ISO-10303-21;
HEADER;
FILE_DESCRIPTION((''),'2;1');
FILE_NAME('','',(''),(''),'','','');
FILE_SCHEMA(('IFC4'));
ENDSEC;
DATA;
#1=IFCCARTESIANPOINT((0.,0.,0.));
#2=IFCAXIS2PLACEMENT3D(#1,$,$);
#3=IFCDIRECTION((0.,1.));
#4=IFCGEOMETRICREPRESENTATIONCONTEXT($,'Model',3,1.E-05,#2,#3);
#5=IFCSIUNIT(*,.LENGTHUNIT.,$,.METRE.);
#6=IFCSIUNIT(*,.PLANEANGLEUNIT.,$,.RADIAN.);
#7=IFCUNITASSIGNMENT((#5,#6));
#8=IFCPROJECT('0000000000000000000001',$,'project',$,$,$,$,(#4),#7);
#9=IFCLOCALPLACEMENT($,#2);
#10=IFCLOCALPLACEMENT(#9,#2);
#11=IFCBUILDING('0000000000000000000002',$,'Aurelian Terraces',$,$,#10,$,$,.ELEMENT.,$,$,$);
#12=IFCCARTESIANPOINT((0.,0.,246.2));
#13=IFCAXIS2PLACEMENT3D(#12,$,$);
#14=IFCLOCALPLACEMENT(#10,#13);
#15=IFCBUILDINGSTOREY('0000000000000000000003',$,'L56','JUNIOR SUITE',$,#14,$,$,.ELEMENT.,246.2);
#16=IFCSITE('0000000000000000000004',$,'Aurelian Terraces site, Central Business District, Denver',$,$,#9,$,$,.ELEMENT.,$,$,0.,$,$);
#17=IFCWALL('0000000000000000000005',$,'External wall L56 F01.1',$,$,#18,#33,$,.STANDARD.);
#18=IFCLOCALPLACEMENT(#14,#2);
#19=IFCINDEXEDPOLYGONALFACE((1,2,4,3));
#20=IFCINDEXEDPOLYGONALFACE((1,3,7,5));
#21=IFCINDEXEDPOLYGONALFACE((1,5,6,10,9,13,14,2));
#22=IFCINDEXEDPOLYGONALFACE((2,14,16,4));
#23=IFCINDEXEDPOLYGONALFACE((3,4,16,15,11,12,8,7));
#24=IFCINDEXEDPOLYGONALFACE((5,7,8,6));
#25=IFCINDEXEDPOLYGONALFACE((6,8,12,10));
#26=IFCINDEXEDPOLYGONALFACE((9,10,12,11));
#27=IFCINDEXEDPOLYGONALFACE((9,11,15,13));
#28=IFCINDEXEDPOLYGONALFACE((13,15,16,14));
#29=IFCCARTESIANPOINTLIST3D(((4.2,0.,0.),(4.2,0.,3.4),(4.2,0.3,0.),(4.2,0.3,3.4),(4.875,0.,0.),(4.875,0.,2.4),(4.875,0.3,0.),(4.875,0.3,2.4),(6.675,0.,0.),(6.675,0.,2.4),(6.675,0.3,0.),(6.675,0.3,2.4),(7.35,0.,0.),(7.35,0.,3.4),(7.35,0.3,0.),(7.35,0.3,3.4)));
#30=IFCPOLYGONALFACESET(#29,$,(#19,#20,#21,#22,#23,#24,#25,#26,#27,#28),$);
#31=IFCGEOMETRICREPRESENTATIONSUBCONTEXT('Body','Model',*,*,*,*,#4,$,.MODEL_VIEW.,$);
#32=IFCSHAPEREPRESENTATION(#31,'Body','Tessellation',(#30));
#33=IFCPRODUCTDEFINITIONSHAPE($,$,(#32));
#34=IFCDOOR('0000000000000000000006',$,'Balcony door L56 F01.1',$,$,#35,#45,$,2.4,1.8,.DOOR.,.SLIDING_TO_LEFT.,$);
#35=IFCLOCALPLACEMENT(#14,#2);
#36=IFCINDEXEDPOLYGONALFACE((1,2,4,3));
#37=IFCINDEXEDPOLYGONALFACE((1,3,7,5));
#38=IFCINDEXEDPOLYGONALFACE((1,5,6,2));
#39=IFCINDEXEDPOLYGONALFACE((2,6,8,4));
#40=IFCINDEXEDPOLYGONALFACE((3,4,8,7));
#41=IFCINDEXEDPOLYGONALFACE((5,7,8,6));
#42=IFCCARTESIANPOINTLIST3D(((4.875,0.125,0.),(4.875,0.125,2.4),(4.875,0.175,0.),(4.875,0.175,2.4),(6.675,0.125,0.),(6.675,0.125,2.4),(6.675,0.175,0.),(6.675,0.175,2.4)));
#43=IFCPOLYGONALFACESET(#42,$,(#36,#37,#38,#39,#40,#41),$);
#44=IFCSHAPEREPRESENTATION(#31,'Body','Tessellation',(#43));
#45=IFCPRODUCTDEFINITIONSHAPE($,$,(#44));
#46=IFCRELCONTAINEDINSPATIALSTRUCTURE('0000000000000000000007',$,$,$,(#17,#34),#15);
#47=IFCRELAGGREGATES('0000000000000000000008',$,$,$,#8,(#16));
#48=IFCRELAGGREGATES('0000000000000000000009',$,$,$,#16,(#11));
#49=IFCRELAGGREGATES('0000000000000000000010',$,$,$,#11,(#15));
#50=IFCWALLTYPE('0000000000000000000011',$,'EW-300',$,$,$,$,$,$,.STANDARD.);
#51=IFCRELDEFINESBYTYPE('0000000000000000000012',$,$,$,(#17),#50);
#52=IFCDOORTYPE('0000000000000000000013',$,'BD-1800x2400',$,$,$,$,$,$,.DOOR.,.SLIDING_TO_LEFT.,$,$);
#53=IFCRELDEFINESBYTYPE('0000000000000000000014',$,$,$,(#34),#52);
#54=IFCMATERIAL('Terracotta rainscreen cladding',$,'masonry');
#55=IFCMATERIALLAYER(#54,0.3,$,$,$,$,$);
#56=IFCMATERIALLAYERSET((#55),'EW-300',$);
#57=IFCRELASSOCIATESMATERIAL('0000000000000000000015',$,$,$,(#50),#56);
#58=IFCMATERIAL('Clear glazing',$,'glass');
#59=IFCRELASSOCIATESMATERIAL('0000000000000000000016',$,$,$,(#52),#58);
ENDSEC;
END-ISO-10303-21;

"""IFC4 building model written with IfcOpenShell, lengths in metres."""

from ifc_helpers import new_model, si_unit, direction, frame, frame_2d, origin, place, context, subcontext, project, spatial, rectangle, extrude, source, transform, mapped, material, layer, layer_set, type_object, element, fill, save


model = new_model("IFC4")

# Units and contexts
model_context = context("Model", 3, precision=1e-05, world=origin(), true_north=direction((0.0, 1.0)))
body_context = subcontext(model_context, "Body", "Model", "MODEL_VIEW")
ifc_project = project(units=[si_unit("LENGTHUNIT", "METRE"), si_unit("PLANEANGLEUNIT", "RADIAN")], contexts=[model_context])

# Site, building, storey
site_placement = place(None, origin())
site = spatial("IfcSite", under=ifc_project, at=site_placement, Name="Aurelian Terraces site, Central Business District, Denver", CompositionType="ELEMENT", RefElevation=0.0)
building_placement = place(site_placement, origin())
building = spatial("IfcBuilding", under=site, at=building_placement, Name="Aurelian Terraces", CompositionType="ELEMENT")
storey_placement = place(building_placement, frame((0.0, 0.0, 246.2)))
storey = spatial("IfcBuildingStorey", under=building, at=storey_placement, Name="L56", Description="JUNIOR SUITE", CompositionType="ELEMENT", Elevation=246.2)

# Shared definitions
ifc_material_1 = material(Name="Terracotta rainscreen cladding", Category="masonry")
ifc_layer_1 = layer(ifc_material_1, 0.3)
ifc_layer_set_1 = layer_set([ifc_layer_1], Name="EW-300")
wall_type_1 = type_object("IfcWallType", Name="EW-300", PredefinedType="STANDARD", material=ifc_layer_set_1)
ifc_material_2 = material(Name="Clear glazing", Category="glass")

# Wall, opening, door
shared_shape_1 = source(origin(), body_context, "Body", "SweptSolid", [
    extrude(rectangle(XDim=3.15, YDim=0.3, at=frame_2d((1.575, 0.0))), origin(), (0.0, 0.0, 1.0), 3.4),
])
wall_1_placement = place(storey_placement, frame((4.2, 0.15, 0.0), z_axis=(0.0, 0.0, 1.0), x_axis=(1.0, 0.0, 0.0)))
wall_1 = element("IfcWall", 1, at=wall_1_placement, inside=storey, type_object=wall_type_1, Name="External wall L56 F01.1", PredefinedType="STANDARD", context=body_context, shape_type="MappedRepresentation", body=[
    mapped(shared_shape_1, transform((0.0, 0.0, 0.0), scale=1.0)),
])
shared_shape_2 = source(origin(), body_context, "Body", "SweptSolid", [
    extrude(rectangle(XDim=1.8, YDim=2.4, at=frame_2d((0.9, 1.2))), frame((0.0, 0.16, 0.0), z_axis=(0.0, -1.0, 0.0), x_axis=(1.0, 0.0, 0.0)), (0.0, 0.0, 1.0), 0.32),
])
opening_1_placement = place(wall_1_placement, frame((0.675, 0.0, 0.0)))
opening_1 = element("IfcOpeningElement", 2, at=opening_1_placement, cuts=wall_1, PredefinedType="OPENING", context=body_context, shape_type="MappedRepresentation", body=[
    mapped(shared_shape_2, transform((0.0, 0.0, 0.0), scale=1.0)),
])
door_type_1 = type_object("IfcDoorType", Name="BD-1800x2400", OperationType="SLIDING_TO_LEFT", PredefinedType="DOOR", material=ifc_material_2)
shared_shape_3 = source(origin(), body_context, "Body", "SweptSolid", [
    extrude(rectangle(XDim=1.8, YDim=2.4, at=frame_2d((0.9, 1.2))), frame((0.0, 0.025, 0.0), z_axis=(0.0, -1.0, 0.0), x_axis=(1.0, 0.0, 0.0)), (0.0, 0.0, 1.0), 0.05),
])
door_1_placement = place(opening_1_placement, origin())
door_1 = element("IfcDoor", 3, at=door_1_placement, inside=storey, type_object=door_type_1, Name="Balcony door L56 F01.1", OperationType="SLIDING_TO_LEFT", OverallHeight=2.4, OverallWidth=1.8, PredefinedType="DOOR", context=body_context, shape_type="MappedRepresentation", body=[
    mapped(shared_shape_3, transform((0.0, 0.0, 0.0), scale=1.0)),
])
fill(opening_1, door_1)

save(model, "model.ifc")
